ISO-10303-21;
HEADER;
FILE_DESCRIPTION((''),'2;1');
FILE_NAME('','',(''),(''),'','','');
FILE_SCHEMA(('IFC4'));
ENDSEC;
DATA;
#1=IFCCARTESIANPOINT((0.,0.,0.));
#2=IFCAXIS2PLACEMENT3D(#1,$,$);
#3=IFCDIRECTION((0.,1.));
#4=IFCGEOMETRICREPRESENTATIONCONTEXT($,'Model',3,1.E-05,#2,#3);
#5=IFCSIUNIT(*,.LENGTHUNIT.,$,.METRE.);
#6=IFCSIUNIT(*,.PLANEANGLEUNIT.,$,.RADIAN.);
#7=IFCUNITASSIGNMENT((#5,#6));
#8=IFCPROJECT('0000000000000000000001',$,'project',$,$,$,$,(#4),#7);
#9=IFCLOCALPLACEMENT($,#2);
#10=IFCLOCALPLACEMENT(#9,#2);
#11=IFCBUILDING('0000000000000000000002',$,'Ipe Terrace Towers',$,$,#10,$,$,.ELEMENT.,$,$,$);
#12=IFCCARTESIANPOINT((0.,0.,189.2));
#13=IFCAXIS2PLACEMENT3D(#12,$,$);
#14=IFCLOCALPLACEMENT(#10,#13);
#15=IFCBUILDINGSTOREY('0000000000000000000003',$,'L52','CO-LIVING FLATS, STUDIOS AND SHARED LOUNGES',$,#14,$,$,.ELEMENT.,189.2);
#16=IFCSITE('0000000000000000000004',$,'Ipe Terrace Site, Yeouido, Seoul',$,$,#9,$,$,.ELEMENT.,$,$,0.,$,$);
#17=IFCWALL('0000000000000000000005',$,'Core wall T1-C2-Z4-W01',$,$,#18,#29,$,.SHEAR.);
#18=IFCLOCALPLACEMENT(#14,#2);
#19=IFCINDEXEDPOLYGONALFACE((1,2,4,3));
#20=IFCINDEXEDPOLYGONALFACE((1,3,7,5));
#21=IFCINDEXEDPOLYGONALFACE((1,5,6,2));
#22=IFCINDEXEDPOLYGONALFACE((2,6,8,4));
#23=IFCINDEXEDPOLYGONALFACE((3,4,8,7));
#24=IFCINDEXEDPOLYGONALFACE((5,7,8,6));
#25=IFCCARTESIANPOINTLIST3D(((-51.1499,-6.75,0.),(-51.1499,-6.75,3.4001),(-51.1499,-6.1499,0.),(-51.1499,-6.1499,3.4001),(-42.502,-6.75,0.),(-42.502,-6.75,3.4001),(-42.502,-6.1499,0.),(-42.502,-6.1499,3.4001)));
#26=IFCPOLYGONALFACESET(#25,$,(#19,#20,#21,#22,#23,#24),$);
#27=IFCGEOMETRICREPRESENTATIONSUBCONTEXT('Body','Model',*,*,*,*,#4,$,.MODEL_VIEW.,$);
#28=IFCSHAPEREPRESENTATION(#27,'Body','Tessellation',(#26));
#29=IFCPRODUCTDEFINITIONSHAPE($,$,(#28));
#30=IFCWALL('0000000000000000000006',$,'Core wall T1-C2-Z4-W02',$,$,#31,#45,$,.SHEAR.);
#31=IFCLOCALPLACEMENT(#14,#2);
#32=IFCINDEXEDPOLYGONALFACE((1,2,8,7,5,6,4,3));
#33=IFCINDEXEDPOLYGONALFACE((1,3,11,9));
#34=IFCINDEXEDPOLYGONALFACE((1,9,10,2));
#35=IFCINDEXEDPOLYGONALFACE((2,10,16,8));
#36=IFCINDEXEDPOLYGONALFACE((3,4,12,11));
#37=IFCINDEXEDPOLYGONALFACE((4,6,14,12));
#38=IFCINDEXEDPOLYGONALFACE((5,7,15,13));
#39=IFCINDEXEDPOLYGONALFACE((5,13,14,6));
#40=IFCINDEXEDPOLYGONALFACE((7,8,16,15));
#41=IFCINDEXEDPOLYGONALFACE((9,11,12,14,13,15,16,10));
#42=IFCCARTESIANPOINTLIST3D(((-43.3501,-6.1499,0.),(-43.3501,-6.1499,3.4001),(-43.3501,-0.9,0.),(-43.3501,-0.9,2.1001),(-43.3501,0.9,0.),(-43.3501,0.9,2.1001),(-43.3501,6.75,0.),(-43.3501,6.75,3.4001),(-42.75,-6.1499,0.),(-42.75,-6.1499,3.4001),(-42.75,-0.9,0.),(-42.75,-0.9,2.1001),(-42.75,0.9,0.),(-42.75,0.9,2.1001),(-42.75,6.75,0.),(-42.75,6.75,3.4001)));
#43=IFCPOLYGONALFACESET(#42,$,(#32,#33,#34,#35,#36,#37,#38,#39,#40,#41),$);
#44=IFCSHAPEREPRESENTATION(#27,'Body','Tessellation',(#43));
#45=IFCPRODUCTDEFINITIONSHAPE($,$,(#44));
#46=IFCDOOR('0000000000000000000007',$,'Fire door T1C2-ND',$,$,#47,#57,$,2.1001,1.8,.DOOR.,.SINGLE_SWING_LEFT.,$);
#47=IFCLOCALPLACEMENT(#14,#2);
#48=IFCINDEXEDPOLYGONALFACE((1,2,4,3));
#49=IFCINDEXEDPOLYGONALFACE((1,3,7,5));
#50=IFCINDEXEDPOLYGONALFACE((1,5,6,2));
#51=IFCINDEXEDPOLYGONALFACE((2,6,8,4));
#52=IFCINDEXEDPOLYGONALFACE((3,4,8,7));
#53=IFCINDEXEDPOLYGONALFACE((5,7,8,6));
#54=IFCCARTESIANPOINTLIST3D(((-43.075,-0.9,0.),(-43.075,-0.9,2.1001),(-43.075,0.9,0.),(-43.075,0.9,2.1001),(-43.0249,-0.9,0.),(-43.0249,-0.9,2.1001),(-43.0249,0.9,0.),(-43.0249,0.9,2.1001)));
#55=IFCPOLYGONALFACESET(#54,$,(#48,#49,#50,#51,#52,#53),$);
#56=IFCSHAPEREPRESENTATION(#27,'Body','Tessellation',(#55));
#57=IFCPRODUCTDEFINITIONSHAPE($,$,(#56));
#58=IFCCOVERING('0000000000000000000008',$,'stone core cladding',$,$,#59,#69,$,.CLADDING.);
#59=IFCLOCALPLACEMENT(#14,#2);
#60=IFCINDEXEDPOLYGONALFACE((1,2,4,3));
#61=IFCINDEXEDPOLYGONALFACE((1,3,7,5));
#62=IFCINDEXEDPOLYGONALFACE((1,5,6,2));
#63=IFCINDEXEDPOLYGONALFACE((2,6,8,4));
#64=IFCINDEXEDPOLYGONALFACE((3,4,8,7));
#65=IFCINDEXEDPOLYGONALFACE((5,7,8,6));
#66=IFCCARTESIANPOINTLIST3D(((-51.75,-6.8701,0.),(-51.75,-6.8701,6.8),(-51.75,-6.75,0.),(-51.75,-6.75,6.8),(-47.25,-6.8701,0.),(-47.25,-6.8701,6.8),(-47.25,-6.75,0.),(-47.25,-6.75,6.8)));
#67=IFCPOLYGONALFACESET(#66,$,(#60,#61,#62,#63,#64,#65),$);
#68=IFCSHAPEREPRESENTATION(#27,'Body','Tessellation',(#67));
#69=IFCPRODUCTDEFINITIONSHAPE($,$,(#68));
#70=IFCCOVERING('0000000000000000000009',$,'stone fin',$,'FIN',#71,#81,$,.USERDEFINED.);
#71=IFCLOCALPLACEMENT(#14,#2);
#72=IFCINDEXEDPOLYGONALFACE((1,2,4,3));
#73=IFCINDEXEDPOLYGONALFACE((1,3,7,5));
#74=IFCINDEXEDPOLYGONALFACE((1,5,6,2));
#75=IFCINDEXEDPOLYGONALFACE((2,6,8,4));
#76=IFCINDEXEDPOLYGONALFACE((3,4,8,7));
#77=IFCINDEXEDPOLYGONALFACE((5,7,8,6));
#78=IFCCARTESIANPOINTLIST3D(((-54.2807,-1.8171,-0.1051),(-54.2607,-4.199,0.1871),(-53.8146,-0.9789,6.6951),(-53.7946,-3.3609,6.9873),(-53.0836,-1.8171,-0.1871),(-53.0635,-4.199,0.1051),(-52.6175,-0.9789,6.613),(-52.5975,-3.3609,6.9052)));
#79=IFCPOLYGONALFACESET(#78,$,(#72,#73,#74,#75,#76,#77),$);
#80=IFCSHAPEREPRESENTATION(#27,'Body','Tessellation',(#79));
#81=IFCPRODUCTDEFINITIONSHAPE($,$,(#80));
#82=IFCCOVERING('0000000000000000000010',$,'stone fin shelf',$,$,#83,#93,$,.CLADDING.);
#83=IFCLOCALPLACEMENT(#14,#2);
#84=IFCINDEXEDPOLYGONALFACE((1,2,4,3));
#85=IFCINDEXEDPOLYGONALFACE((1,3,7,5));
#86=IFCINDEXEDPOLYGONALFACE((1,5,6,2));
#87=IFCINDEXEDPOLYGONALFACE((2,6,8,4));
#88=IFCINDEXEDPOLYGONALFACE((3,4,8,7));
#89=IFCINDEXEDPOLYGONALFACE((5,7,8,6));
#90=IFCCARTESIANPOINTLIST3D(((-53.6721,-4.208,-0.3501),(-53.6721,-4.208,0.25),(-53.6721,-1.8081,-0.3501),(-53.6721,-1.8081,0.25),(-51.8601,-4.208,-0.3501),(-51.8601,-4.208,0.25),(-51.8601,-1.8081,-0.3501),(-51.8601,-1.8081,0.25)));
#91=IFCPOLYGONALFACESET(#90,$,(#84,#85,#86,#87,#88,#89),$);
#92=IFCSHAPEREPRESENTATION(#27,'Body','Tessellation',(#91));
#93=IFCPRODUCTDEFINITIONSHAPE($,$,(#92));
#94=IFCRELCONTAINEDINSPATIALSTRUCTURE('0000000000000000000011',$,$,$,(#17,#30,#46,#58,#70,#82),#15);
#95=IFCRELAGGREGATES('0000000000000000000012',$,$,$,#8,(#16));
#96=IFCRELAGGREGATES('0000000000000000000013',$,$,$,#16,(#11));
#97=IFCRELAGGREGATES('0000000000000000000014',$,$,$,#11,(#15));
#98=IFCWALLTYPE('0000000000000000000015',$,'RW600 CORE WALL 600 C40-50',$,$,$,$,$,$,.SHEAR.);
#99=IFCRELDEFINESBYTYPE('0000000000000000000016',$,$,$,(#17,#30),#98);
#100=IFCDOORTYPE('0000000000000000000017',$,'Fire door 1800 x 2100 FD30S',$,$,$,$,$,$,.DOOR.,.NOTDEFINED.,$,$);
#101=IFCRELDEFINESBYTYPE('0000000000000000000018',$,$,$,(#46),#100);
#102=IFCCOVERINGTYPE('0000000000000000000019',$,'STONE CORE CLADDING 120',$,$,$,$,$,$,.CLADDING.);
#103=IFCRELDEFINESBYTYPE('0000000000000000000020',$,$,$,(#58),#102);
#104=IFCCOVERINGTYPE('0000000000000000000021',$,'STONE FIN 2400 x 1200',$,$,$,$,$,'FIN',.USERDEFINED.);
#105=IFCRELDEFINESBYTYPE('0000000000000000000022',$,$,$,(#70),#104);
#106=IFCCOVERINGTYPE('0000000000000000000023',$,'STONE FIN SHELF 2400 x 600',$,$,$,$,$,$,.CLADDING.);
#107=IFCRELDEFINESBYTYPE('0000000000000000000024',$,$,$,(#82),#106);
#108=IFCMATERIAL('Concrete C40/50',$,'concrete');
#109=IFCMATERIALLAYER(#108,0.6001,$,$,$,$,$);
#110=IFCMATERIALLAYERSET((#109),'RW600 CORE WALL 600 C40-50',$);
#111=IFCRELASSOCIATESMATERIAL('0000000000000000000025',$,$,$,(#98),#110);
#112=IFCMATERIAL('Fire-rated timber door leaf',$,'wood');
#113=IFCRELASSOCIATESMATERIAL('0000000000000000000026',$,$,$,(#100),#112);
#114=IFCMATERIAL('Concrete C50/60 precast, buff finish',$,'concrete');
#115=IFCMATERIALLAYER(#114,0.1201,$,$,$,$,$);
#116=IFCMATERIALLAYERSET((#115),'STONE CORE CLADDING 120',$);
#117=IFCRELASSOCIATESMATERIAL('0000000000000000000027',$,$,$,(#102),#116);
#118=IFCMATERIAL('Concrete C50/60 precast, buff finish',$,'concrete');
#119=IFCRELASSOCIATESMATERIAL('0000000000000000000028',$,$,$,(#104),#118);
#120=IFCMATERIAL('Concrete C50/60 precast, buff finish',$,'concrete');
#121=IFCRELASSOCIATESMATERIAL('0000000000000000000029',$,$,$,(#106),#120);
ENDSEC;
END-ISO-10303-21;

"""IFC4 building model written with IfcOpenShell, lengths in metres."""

from ifc_helpers import new_model, si_unit, direction, frame, frame_2d, origin, origin_2d, place, context, subcontext, project, spatial, rectangle, extrude, material, layer, layer_set, material_profile, profile_set, type_object, element, fill, save


model = new_model("IFC4")

# Units and contexts
model_context = context("Model", 3, precision=1e-05, world=origin(), true_north=direction((0.0, 1.0)))
body_context = subcontext(model_context, "Body", "Model", "MODEL_VIEW")
ifc_project = project(units=[si_unit("LENGTHUNIT", "METRE"), si_unit("PLANEANGLEUNIT", "RADIAN")], contexts=[model_context])

# Site, building, storey
site_placement = place(None, origin())
site = spatial("IfcSite", under=ifc_project, at=site_placement, Name="Ipe Terrace Site, Yeouido, Seoul", CompositionType="ELEMENT", RefElevation=0.0)
building_placement = place(site_placement, origin())
building = spatial("IfcBuilding", under=site, at=building_placement, Name="Ipe Terrace Towers", CompositionType="ELEMENT")
storey_placement = place(building_placement, frame((0.0, 0.0, 189.2)))
storey = spatial("IfcBuildingStorey", under=building, at=storey_placement, Name="L52", Description="CO-LIVING FLATS, STUDIOS AND SHARED LOUNGES", CompositionType="ELEMENT", Elevation=189.2)

# Wall
ifc_material_1 = material(Name="Concrete C40/50", Category="concrete")
ifc_layer_1 = layer(ifc_material_1, 0.6001)
ifc_layer_set_1 = layer_set([ifc_layer_1], Name="RW600 CORE WALL 600 C40-50")
wall_type_1 = type_object("IfcWallType", Name="RW600 CORE WALL 600 C40-50", PredefinedType="SHEAR", material=ifc_layer_set_1)
wall_1_placement = place(storey_placement, frame((-51.1499, -6.45, 0.0), z_axis=(0.0, 0.0, 1.0), x_axis=(1.0, 0.0, 0.0)))
element("IfcWall", 1, at=wall_1_placement, inside=storey, type_object=wall_type_1, Name="Core wall T1-C2-Z4-W01", PredefinedType="SHEAR", context=body_context, shape_type="SweptSolid", body=[
    extrude(rectangle(XDim=8.6479, YDim=0.6001, at=frame_2d((4.324, 0.0))), origin(), (0.0, 0.0, 1.0), 3.4001),
])

# Wall, opening, door
wall_2_placement = place(storey_placement, frame((-43.05, -6.1499, 0.0), z_axis=(0.0, 0.0, 1.0), x_axis=(0.0, 1.0, 0.0)))
wall_2 = element("IfcWall", 2, at=wall_2_placement, inside=storey, type_object=wall_type_1, Name="Core wall T1-C2-Z4-W02", PredefinedType="SHEAR", context=body_context, shape_type="SweptSolid", body=[
    extrude(rectangle(XDim=12.8999, YDim=0.6001, at=frame_2d((6.45, 0.0))), origin(), (0.0, 0.0, 1.0), 3.4001),
])
opening_1_placement = place(wall_2_placement, frame((5.25, 0.0, 0.0)))
opening_1 = element("IfcOpeningElement", 3, at=opening_1_placement, cuts=wall_2, PredefinedType="OPENING", context=body_context, shape_type="SweptSolid", body=[
    extrude(rectangle(XDim=1.8, YDim=2.1001, at=frame_2d((0.8999, 1.05))), frame((0.0, 0.3101, 0.0), z_axis=(0.0, -1.0, 0.0), x_axis=(1.0, 0.0, 0.0)), (0.0, 0.0, 1.0), 0.6201),
])
ifc_material_2 = material(Name="Fire-rated timber door leaf", Category="wood")
door_type_1 = type_object("IfcDoorType", Name="Fire door 1800 x 2100 FD30S", OperationType="NOTDEFINED", PredefinedType="DOOR", material=ifc_material_2)
door_1_placement = place(opening_1_placement, origin())
door_1 = element("IfcDoor", 4, at=door_1_placement, inside=storey, type_object=door_type_1, Name="Fire door T1C2-ND", OperationType="SINGLE_SWING_LEFT", OverallHeight=2.1001, OverallWidth=1.8, PredefinedType="DOOR", context=body_context, shape_type="SweptSolid", body=[
    extrude(rectangle(XDim=1.8, YDim=2.1001, at=frame_2d((0.8999, 1.05))), frame((0.0, 0.0249, 0.0), z_axis=(0.0, -1.0, 0.0), x_axis=(1.0, 0.0, 0.0)), (0.0, 0.0, 1.0), 0.05),
])
fill(opening_1, door_1)

# Coverings
ifc_material_3 = material(Name="Concrete C50/60 precast, buff finish", Category="concrete")
ifc_layer_2 = layer(ifc_material_3, 0.1201)
ifc_layer_set_2 = layer_set([ifc_layer_2], Name="STONE CORE CLADDING 120")
covering_type_1 = type_object("IfcCoveringType", Name="STONE CORE CLADDING 120", PredefinedType="CLADDING", material=ifc_layer_set_2)
covering_1_placement = place(storey_placement, frame((-49.5, -6.8101, 0.0), z_axis=(0.0, 0.0, 1.0), x_axis=(1.0, 0.0, 0.0)))
element("IfcCovering", 5, at=covering_1_placement, inside=storey, type_object=covering_type_1, Name="stone core cladding", PredefinedType="CLADDING", context=body_context, shape_type="SweptSolid", body=[
    extrude(rectangle(XDim=4.5, YDim=0.1201, at=origin_2d()), origin(), (0.0, 0.0, 1.0), 6.8),
])
ifc_material_4 = material(Name="Concrete C50/60 precast, buff finish", Category="concrete")
ifc_material_profile_1 = material_profile(ifc_material_4, rectangle(XDim=2.3999, YDim=1.2, at=origin_2d()), Name="STONE FIN 2400 x 1200")
ifc_profile_set_1 = profile_set([ifc_material_profile_1], Name="Concrete C50/60 precast, buff finish")
covering_type_2 = type_object("IfcCoveringType", Name="STONE FIN 2400 x 1200", ElementType="FIN", PredefinedType="USERDEFINED", material=ifc_profile_set_1)
covering_2_placement = place(storey_placement, frame((-53.6721, -3.0081, 0.0), z_axis=(0.067867, 0.122047, 0.990201), x_axis=(0.008345, -0.992524, 0.121761)))
element("IfcCovering", 6, at=covering_2_placement, inside=storey, type_object=covering_type_2, Name="stone fin", ObjectType="FIN", PredefinedType="USERDEFINED", context=body_context, shape_type="SweptSolid", body=[
    extrude(rectangle(XDim=2.3999, YDim=1.2, at=origin_2d()), origin(), (0.0, 0.0, 1.0), 6.8674),
])
ifc_material_5 = material(Name="Concrete C50/60 precast, buff finish", Category="concrete")
covering_type_3 = type_object("IfcCoveringType", Name="STONE FIN SHELF 2400 x 600", PredefinedType="CLADDING", material=ifc_material_5)
covering_3_placement = place(storey_placement, frame((-52.7661, -3.0081, -0.3501), z_axis=(0.0, 0.0, 1.0), x_axis=(0.0, -1.0, 0.0)))
element("IfcCovering", 7, at=covering_3_placement, inside=storey, type_object=covering_type_3, Name="stone fin shelf", PredefinedType="CLADDING", context=body_context, shape_type="SweptSolid", body=[
    extrude(rectangle(XDim=2.3999, YDim=1.812, at=origin_2d()), origin(), (0.0, 0.0, 1.0), 0.6001),
])

save(model, "model.ifc")
